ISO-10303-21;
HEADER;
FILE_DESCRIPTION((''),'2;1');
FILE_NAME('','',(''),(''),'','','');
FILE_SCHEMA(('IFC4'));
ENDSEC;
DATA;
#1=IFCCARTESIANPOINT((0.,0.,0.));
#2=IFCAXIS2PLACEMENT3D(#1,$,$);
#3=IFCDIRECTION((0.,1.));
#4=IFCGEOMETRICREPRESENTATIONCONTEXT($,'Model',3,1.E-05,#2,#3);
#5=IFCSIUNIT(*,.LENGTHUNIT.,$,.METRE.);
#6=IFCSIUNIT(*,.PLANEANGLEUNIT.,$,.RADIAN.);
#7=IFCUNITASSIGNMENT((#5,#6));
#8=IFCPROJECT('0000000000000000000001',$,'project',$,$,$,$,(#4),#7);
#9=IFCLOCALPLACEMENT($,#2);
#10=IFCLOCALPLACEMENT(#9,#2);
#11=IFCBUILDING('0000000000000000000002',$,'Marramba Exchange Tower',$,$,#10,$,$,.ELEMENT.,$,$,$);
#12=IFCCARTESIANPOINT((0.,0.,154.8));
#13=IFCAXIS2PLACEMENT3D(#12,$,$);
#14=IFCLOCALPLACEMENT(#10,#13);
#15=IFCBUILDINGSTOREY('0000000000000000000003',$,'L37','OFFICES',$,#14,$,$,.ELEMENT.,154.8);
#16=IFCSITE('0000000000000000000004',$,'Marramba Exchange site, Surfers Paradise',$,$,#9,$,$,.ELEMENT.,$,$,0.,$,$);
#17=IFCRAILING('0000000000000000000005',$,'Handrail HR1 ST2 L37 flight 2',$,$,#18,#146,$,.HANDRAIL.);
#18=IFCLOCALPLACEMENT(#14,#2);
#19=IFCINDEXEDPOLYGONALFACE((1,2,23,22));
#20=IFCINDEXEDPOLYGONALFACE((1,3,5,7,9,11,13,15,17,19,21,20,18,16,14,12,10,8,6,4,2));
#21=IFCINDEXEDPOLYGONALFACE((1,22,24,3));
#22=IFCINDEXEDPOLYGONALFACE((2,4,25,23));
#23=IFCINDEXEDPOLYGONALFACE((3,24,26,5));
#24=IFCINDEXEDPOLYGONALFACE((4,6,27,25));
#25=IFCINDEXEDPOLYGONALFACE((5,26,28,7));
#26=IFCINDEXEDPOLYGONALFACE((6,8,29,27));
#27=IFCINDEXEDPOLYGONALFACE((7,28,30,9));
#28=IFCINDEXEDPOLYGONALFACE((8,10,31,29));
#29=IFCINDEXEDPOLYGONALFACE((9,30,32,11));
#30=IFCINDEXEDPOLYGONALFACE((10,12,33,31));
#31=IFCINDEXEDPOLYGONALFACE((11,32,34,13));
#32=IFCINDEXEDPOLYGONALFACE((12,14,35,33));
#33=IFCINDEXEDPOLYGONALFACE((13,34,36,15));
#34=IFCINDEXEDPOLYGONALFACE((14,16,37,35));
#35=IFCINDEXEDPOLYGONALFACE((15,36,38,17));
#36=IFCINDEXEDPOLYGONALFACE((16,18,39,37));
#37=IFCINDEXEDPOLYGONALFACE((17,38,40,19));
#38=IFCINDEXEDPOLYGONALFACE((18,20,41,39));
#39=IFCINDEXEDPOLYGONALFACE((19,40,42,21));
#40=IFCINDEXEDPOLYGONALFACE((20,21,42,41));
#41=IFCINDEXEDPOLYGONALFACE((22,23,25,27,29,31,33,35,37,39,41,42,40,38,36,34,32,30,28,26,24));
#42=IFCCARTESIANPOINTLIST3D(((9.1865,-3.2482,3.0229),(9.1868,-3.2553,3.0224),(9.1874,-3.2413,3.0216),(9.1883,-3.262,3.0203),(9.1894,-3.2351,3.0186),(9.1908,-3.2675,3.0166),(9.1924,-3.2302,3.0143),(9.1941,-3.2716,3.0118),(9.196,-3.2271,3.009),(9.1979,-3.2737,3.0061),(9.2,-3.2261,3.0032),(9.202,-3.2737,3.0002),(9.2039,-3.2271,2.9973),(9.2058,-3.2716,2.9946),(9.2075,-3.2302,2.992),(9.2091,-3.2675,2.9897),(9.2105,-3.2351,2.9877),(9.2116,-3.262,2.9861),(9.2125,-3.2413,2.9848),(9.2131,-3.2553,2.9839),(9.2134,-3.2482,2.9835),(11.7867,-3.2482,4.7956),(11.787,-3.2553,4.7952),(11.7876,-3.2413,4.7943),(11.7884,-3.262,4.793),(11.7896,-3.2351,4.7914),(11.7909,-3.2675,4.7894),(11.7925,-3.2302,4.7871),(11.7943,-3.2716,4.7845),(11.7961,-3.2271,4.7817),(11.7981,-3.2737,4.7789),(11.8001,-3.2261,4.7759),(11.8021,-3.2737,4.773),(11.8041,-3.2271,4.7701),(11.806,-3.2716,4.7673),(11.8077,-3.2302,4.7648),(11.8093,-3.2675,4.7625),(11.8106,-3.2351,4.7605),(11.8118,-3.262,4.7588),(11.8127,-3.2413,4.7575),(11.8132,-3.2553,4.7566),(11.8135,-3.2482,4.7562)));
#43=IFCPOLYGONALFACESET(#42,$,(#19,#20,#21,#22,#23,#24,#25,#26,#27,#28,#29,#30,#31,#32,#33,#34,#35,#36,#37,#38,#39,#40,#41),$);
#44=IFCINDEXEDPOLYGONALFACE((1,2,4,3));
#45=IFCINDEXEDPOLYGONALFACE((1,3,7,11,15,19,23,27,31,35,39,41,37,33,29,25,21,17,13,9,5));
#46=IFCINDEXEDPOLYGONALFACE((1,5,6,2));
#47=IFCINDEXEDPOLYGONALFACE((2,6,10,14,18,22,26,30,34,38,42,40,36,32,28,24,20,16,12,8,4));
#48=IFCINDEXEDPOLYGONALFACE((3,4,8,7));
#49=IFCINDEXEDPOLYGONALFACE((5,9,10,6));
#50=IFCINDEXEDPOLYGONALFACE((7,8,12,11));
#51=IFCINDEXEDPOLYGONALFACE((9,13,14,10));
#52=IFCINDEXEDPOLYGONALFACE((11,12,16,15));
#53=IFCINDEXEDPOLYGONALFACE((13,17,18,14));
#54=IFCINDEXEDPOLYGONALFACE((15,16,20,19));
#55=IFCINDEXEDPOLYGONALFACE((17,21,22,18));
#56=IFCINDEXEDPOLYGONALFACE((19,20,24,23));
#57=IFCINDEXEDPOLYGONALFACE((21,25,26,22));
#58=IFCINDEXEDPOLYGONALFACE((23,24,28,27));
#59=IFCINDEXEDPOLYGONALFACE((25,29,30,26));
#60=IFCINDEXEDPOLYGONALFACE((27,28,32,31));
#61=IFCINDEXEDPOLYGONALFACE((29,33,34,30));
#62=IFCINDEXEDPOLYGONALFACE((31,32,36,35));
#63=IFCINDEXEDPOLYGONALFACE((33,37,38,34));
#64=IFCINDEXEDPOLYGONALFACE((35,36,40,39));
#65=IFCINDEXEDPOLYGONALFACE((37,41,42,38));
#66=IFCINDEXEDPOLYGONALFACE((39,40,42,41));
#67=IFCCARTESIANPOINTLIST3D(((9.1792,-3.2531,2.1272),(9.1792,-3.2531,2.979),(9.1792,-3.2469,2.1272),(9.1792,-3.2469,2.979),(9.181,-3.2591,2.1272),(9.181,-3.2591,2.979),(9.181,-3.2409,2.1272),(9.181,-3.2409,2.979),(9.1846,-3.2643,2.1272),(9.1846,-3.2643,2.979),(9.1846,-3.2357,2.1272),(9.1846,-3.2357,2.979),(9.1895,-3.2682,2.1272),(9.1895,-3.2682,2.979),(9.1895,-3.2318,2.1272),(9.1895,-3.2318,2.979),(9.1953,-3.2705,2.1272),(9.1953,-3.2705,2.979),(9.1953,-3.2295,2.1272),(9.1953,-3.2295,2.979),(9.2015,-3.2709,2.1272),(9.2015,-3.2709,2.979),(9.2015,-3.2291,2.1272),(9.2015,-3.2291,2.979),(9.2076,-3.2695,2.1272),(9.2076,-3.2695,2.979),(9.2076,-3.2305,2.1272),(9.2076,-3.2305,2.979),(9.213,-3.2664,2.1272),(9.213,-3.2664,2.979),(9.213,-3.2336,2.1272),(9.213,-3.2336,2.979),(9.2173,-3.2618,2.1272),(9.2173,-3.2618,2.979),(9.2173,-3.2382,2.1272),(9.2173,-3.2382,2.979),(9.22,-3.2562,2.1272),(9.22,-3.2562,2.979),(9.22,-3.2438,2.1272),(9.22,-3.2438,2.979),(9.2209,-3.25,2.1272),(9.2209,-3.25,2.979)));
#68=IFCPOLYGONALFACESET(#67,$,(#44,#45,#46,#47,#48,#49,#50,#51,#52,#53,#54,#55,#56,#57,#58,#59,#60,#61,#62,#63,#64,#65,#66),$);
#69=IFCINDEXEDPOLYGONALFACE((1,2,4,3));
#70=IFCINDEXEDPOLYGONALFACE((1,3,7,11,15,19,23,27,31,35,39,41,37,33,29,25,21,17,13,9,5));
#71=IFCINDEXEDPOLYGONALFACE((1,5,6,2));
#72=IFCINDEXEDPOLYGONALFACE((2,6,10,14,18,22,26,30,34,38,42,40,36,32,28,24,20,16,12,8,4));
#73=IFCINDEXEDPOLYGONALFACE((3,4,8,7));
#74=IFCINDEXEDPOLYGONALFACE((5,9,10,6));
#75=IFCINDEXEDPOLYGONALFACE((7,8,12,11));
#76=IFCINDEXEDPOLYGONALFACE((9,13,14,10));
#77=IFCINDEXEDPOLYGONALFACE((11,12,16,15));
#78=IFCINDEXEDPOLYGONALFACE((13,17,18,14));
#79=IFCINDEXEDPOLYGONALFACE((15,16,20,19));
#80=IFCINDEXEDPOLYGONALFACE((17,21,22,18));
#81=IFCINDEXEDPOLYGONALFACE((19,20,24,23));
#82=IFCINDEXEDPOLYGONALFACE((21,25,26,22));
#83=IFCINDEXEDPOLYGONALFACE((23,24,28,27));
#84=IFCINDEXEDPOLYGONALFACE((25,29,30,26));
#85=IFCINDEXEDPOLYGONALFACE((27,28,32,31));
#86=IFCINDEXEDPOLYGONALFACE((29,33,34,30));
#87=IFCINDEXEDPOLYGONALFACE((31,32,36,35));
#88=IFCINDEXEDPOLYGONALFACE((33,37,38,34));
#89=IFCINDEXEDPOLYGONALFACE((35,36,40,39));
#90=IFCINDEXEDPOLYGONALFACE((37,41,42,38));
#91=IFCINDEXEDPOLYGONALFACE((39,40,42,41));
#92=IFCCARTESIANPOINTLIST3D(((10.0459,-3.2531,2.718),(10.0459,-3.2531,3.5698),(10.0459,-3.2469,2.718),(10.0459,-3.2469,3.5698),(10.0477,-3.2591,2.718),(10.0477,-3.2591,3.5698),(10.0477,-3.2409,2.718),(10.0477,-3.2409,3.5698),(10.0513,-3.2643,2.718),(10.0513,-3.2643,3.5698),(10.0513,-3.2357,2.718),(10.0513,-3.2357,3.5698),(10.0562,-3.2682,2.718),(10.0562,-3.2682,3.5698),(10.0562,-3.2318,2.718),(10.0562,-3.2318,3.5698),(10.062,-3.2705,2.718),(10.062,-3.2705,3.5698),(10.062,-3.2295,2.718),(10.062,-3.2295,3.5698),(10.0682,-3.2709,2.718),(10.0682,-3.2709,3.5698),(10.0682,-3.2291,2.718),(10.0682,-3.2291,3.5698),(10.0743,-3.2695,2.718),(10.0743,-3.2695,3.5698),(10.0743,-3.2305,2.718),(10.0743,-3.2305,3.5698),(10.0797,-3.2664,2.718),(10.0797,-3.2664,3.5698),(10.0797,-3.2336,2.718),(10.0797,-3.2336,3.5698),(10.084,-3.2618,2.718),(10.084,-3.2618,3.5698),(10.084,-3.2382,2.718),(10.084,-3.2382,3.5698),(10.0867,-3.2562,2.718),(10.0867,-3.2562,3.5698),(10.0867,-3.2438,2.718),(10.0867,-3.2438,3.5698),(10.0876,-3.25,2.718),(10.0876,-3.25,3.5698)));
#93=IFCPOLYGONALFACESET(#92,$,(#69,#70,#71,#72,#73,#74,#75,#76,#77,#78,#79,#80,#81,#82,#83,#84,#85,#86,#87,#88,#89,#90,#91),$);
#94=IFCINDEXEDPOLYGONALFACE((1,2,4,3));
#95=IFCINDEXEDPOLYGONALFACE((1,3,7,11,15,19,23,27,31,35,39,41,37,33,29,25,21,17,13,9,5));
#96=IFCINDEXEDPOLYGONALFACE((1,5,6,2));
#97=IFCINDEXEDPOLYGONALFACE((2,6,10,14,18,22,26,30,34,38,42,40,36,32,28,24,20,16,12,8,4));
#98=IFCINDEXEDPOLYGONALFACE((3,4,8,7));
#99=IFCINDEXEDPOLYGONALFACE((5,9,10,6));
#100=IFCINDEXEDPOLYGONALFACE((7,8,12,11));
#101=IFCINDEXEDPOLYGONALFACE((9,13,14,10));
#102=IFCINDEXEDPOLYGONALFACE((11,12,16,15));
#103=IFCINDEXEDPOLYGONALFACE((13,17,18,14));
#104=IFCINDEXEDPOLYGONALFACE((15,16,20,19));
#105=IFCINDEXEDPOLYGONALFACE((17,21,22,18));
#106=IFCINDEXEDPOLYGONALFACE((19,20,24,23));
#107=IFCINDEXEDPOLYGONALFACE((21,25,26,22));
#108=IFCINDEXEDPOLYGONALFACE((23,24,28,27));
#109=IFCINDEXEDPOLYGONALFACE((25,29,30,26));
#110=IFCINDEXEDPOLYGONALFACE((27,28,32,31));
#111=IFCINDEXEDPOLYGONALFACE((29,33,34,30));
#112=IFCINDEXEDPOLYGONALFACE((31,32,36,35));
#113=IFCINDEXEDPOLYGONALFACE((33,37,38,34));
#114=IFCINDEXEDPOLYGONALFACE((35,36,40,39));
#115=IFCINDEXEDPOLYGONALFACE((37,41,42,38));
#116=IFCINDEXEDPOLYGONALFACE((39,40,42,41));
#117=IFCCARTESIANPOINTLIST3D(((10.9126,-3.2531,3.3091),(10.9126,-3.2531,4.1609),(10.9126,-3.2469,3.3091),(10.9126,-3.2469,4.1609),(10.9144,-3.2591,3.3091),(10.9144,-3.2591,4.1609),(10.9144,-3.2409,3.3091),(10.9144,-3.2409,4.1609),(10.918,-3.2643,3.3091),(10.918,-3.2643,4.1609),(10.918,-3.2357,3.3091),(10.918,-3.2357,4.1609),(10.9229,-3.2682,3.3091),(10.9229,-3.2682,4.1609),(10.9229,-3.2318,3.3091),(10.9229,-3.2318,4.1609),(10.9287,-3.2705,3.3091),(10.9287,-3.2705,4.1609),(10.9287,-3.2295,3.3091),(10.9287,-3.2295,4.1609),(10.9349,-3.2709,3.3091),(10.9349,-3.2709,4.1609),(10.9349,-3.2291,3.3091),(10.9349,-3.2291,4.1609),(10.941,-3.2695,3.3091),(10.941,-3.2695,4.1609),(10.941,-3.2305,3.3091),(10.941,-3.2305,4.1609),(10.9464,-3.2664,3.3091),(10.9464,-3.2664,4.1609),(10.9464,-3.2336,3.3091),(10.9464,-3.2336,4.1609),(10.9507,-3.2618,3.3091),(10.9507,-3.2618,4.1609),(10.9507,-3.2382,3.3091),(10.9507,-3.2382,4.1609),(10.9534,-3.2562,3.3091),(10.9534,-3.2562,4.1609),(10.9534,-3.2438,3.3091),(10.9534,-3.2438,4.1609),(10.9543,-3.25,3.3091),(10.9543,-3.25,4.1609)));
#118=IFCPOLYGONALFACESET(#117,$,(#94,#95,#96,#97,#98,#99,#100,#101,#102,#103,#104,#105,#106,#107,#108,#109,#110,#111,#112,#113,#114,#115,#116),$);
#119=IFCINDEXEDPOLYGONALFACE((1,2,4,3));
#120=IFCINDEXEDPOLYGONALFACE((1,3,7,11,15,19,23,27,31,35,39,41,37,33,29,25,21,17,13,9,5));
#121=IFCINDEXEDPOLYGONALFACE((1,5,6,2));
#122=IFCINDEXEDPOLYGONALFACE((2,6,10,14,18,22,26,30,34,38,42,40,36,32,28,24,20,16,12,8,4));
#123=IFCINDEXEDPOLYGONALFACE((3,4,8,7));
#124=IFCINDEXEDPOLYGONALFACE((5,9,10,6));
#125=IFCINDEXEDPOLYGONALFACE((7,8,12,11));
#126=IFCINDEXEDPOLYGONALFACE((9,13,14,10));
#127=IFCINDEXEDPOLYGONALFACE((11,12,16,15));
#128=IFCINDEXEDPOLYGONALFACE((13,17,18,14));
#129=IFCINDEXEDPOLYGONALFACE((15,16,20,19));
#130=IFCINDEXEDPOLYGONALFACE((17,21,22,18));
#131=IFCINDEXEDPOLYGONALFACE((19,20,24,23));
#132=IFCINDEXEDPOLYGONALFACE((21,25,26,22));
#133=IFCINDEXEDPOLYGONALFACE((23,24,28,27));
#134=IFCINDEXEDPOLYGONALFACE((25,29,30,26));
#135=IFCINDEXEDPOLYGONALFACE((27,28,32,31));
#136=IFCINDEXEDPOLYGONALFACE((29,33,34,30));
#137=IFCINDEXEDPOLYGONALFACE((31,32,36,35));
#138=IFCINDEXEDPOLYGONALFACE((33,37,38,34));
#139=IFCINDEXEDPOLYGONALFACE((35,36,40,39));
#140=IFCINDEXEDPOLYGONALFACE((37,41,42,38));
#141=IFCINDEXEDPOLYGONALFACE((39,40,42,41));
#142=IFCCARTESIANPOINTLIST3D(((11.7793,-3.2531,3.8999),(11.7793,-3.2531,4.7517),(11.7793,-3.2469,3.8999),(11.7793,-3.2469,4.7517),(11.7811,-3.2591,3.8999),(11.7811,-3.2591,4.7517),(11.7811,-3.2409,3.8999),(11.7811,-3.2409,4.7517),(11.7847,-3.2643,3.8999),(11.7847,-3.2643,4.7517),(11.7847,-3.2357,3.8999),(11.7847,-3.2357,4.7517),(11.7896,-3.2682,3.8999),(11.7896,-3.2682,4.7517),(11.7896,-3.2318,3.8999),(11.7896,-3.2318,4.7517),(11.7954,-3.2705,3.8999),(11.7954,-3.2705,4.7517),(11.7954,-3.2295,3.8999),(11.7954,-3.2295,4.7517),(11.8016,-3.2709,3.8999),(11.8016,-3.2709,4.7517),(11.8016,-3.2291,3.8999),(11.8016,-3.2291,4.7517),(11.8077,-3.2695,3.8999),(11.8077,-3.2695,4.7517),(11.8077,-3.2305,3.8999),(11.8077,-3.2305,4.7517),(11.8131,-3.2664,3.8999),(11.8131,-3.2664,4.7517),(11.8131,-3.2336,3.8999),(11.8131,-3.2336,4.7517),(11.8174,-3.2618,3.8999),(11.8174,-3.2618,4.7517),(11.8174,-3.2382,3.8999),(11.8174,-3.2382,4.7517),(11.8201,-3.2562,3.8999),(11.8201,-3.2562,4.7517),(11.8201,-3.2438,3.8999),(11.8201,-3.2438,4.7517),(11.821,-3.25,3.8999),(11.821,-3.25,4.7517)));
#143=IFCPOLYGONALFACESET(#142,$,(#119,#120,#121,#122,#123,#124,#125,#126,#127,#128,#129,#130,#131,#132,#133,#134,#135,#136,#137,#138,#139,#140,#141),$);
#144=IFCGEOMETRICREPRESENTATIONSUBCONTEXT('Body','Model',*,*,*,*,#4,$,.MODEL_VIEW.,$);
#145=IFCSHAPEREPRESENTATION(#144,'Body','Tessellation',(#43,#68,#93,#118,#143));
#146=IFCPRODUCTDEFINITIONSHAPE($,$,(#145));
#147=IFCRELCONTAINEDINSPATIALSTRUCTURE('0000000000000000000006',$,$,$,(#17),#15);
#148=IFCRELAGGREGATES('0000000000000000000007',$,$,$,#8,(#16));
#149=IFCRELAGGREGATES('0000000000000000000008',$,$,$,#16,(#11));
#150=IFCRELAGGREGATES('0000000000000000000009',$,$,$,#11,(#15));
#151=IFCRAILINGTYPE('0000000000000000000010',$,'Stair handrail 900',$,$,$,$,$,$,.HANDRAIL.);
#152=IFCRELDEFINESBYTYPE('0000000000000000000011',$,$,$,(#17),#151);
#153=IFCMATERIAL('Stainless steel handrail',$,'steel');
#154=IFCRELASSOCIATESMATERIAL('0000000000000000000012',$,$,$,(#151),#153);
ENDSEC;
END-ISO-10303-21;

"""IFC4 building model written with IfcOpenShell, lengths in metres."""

from ifc_helpers import new_model, si_unit, direction, frame, origin, origin_2d, place, context, subcontext, project, spatial, circle, extrude, material, type_object, element, save


model = new_model("IFC4")

# Units and contexts
model_context = context("Model", 3, precision=1e-05, world=origin(), true_north=direction((0.0, 1.0)))
body_context = subcontext(model_context, "Body", "Model", "MODEL_VIEW")
ifc_project = project(units=[si_unit("LENGTHUNIT", "METRE"), si_unit("PLANEANGLEUNIT", "RADIAN")], contexts=[model_context])

# Site, building, storey
site_placement = place(None, origin())
site = spatial("IfcSite", under=ifc_project, at=site_placement, Name="Marramba Exchange site, Surfers Paradise", CompositionType="ELEMENT", RefElevation=0.0)
building_placement = place(site_placement, origin())
building = spatial("IfcBuilding", under=site, at=building_placement, Name="Marramba Exchange Tower", CompositionType="ELEMENT")
storey_placement = place(building_placement, frame((0.0, 0.0, 154.8)))
storey = spatial("IfcBuildingStorey", under=building, at=storey_placement, Name="L37", Description="OFFICES", CompositionType="ELEMENT", Elevation=154.8)

# Railing
ifc_material_1 = material(Name="Stainless steel handrail", Category="steel")
railing_type = type_object("IfcRailingType", Name="Stair handrail 900", PredefinedType="HANDRAIL", material=ifc_material_1)
railing_placement = place(storey_placement, frame((9.2, -3.25, 2.1272)))
element("IfcRailing", 1, at=railing_placement, inside=storey, type_object=railing_type, Name="Handrail HR1 ST2 L37 flight 2", PredefinedType="HANDRAIL", context=body_context, shape_type="SweptSolid", body=[
    extrude(circle(Radius=0.0239, at=origin_2d()), frame((0.0, 0.0, 0.876), z_axis=(0.82624, 0.0, 0.563318), x_axis=(0.0, 1.0, 0.0)), (0.0, 0.0, 1.0), 3.147),
    extrude(circle(Radius=0.021, at=origin_2d()), origin(), (0.0, 0.0, 1.0), 0.8518),
    extrude(circle(Radius=0.021, at=origin_2d()), frame((0.8667, 0.0, 0.5908)), (0.0, 0.0, 1.0), 0.8518),
    extrude(circle(Radius=0.021, at=origin_2d()), frame((1.7334, 0.0, 1.1819)), (0.0, 0.0, 1.0), 0.8518),
    extrude(circle(Radius=0.021, at=origin_2d()), frame((2.6001, 0.0, 1.7727)), (0.0, 0.0, 1.0), 0.8518),
])

save(model, "model.ifc")
